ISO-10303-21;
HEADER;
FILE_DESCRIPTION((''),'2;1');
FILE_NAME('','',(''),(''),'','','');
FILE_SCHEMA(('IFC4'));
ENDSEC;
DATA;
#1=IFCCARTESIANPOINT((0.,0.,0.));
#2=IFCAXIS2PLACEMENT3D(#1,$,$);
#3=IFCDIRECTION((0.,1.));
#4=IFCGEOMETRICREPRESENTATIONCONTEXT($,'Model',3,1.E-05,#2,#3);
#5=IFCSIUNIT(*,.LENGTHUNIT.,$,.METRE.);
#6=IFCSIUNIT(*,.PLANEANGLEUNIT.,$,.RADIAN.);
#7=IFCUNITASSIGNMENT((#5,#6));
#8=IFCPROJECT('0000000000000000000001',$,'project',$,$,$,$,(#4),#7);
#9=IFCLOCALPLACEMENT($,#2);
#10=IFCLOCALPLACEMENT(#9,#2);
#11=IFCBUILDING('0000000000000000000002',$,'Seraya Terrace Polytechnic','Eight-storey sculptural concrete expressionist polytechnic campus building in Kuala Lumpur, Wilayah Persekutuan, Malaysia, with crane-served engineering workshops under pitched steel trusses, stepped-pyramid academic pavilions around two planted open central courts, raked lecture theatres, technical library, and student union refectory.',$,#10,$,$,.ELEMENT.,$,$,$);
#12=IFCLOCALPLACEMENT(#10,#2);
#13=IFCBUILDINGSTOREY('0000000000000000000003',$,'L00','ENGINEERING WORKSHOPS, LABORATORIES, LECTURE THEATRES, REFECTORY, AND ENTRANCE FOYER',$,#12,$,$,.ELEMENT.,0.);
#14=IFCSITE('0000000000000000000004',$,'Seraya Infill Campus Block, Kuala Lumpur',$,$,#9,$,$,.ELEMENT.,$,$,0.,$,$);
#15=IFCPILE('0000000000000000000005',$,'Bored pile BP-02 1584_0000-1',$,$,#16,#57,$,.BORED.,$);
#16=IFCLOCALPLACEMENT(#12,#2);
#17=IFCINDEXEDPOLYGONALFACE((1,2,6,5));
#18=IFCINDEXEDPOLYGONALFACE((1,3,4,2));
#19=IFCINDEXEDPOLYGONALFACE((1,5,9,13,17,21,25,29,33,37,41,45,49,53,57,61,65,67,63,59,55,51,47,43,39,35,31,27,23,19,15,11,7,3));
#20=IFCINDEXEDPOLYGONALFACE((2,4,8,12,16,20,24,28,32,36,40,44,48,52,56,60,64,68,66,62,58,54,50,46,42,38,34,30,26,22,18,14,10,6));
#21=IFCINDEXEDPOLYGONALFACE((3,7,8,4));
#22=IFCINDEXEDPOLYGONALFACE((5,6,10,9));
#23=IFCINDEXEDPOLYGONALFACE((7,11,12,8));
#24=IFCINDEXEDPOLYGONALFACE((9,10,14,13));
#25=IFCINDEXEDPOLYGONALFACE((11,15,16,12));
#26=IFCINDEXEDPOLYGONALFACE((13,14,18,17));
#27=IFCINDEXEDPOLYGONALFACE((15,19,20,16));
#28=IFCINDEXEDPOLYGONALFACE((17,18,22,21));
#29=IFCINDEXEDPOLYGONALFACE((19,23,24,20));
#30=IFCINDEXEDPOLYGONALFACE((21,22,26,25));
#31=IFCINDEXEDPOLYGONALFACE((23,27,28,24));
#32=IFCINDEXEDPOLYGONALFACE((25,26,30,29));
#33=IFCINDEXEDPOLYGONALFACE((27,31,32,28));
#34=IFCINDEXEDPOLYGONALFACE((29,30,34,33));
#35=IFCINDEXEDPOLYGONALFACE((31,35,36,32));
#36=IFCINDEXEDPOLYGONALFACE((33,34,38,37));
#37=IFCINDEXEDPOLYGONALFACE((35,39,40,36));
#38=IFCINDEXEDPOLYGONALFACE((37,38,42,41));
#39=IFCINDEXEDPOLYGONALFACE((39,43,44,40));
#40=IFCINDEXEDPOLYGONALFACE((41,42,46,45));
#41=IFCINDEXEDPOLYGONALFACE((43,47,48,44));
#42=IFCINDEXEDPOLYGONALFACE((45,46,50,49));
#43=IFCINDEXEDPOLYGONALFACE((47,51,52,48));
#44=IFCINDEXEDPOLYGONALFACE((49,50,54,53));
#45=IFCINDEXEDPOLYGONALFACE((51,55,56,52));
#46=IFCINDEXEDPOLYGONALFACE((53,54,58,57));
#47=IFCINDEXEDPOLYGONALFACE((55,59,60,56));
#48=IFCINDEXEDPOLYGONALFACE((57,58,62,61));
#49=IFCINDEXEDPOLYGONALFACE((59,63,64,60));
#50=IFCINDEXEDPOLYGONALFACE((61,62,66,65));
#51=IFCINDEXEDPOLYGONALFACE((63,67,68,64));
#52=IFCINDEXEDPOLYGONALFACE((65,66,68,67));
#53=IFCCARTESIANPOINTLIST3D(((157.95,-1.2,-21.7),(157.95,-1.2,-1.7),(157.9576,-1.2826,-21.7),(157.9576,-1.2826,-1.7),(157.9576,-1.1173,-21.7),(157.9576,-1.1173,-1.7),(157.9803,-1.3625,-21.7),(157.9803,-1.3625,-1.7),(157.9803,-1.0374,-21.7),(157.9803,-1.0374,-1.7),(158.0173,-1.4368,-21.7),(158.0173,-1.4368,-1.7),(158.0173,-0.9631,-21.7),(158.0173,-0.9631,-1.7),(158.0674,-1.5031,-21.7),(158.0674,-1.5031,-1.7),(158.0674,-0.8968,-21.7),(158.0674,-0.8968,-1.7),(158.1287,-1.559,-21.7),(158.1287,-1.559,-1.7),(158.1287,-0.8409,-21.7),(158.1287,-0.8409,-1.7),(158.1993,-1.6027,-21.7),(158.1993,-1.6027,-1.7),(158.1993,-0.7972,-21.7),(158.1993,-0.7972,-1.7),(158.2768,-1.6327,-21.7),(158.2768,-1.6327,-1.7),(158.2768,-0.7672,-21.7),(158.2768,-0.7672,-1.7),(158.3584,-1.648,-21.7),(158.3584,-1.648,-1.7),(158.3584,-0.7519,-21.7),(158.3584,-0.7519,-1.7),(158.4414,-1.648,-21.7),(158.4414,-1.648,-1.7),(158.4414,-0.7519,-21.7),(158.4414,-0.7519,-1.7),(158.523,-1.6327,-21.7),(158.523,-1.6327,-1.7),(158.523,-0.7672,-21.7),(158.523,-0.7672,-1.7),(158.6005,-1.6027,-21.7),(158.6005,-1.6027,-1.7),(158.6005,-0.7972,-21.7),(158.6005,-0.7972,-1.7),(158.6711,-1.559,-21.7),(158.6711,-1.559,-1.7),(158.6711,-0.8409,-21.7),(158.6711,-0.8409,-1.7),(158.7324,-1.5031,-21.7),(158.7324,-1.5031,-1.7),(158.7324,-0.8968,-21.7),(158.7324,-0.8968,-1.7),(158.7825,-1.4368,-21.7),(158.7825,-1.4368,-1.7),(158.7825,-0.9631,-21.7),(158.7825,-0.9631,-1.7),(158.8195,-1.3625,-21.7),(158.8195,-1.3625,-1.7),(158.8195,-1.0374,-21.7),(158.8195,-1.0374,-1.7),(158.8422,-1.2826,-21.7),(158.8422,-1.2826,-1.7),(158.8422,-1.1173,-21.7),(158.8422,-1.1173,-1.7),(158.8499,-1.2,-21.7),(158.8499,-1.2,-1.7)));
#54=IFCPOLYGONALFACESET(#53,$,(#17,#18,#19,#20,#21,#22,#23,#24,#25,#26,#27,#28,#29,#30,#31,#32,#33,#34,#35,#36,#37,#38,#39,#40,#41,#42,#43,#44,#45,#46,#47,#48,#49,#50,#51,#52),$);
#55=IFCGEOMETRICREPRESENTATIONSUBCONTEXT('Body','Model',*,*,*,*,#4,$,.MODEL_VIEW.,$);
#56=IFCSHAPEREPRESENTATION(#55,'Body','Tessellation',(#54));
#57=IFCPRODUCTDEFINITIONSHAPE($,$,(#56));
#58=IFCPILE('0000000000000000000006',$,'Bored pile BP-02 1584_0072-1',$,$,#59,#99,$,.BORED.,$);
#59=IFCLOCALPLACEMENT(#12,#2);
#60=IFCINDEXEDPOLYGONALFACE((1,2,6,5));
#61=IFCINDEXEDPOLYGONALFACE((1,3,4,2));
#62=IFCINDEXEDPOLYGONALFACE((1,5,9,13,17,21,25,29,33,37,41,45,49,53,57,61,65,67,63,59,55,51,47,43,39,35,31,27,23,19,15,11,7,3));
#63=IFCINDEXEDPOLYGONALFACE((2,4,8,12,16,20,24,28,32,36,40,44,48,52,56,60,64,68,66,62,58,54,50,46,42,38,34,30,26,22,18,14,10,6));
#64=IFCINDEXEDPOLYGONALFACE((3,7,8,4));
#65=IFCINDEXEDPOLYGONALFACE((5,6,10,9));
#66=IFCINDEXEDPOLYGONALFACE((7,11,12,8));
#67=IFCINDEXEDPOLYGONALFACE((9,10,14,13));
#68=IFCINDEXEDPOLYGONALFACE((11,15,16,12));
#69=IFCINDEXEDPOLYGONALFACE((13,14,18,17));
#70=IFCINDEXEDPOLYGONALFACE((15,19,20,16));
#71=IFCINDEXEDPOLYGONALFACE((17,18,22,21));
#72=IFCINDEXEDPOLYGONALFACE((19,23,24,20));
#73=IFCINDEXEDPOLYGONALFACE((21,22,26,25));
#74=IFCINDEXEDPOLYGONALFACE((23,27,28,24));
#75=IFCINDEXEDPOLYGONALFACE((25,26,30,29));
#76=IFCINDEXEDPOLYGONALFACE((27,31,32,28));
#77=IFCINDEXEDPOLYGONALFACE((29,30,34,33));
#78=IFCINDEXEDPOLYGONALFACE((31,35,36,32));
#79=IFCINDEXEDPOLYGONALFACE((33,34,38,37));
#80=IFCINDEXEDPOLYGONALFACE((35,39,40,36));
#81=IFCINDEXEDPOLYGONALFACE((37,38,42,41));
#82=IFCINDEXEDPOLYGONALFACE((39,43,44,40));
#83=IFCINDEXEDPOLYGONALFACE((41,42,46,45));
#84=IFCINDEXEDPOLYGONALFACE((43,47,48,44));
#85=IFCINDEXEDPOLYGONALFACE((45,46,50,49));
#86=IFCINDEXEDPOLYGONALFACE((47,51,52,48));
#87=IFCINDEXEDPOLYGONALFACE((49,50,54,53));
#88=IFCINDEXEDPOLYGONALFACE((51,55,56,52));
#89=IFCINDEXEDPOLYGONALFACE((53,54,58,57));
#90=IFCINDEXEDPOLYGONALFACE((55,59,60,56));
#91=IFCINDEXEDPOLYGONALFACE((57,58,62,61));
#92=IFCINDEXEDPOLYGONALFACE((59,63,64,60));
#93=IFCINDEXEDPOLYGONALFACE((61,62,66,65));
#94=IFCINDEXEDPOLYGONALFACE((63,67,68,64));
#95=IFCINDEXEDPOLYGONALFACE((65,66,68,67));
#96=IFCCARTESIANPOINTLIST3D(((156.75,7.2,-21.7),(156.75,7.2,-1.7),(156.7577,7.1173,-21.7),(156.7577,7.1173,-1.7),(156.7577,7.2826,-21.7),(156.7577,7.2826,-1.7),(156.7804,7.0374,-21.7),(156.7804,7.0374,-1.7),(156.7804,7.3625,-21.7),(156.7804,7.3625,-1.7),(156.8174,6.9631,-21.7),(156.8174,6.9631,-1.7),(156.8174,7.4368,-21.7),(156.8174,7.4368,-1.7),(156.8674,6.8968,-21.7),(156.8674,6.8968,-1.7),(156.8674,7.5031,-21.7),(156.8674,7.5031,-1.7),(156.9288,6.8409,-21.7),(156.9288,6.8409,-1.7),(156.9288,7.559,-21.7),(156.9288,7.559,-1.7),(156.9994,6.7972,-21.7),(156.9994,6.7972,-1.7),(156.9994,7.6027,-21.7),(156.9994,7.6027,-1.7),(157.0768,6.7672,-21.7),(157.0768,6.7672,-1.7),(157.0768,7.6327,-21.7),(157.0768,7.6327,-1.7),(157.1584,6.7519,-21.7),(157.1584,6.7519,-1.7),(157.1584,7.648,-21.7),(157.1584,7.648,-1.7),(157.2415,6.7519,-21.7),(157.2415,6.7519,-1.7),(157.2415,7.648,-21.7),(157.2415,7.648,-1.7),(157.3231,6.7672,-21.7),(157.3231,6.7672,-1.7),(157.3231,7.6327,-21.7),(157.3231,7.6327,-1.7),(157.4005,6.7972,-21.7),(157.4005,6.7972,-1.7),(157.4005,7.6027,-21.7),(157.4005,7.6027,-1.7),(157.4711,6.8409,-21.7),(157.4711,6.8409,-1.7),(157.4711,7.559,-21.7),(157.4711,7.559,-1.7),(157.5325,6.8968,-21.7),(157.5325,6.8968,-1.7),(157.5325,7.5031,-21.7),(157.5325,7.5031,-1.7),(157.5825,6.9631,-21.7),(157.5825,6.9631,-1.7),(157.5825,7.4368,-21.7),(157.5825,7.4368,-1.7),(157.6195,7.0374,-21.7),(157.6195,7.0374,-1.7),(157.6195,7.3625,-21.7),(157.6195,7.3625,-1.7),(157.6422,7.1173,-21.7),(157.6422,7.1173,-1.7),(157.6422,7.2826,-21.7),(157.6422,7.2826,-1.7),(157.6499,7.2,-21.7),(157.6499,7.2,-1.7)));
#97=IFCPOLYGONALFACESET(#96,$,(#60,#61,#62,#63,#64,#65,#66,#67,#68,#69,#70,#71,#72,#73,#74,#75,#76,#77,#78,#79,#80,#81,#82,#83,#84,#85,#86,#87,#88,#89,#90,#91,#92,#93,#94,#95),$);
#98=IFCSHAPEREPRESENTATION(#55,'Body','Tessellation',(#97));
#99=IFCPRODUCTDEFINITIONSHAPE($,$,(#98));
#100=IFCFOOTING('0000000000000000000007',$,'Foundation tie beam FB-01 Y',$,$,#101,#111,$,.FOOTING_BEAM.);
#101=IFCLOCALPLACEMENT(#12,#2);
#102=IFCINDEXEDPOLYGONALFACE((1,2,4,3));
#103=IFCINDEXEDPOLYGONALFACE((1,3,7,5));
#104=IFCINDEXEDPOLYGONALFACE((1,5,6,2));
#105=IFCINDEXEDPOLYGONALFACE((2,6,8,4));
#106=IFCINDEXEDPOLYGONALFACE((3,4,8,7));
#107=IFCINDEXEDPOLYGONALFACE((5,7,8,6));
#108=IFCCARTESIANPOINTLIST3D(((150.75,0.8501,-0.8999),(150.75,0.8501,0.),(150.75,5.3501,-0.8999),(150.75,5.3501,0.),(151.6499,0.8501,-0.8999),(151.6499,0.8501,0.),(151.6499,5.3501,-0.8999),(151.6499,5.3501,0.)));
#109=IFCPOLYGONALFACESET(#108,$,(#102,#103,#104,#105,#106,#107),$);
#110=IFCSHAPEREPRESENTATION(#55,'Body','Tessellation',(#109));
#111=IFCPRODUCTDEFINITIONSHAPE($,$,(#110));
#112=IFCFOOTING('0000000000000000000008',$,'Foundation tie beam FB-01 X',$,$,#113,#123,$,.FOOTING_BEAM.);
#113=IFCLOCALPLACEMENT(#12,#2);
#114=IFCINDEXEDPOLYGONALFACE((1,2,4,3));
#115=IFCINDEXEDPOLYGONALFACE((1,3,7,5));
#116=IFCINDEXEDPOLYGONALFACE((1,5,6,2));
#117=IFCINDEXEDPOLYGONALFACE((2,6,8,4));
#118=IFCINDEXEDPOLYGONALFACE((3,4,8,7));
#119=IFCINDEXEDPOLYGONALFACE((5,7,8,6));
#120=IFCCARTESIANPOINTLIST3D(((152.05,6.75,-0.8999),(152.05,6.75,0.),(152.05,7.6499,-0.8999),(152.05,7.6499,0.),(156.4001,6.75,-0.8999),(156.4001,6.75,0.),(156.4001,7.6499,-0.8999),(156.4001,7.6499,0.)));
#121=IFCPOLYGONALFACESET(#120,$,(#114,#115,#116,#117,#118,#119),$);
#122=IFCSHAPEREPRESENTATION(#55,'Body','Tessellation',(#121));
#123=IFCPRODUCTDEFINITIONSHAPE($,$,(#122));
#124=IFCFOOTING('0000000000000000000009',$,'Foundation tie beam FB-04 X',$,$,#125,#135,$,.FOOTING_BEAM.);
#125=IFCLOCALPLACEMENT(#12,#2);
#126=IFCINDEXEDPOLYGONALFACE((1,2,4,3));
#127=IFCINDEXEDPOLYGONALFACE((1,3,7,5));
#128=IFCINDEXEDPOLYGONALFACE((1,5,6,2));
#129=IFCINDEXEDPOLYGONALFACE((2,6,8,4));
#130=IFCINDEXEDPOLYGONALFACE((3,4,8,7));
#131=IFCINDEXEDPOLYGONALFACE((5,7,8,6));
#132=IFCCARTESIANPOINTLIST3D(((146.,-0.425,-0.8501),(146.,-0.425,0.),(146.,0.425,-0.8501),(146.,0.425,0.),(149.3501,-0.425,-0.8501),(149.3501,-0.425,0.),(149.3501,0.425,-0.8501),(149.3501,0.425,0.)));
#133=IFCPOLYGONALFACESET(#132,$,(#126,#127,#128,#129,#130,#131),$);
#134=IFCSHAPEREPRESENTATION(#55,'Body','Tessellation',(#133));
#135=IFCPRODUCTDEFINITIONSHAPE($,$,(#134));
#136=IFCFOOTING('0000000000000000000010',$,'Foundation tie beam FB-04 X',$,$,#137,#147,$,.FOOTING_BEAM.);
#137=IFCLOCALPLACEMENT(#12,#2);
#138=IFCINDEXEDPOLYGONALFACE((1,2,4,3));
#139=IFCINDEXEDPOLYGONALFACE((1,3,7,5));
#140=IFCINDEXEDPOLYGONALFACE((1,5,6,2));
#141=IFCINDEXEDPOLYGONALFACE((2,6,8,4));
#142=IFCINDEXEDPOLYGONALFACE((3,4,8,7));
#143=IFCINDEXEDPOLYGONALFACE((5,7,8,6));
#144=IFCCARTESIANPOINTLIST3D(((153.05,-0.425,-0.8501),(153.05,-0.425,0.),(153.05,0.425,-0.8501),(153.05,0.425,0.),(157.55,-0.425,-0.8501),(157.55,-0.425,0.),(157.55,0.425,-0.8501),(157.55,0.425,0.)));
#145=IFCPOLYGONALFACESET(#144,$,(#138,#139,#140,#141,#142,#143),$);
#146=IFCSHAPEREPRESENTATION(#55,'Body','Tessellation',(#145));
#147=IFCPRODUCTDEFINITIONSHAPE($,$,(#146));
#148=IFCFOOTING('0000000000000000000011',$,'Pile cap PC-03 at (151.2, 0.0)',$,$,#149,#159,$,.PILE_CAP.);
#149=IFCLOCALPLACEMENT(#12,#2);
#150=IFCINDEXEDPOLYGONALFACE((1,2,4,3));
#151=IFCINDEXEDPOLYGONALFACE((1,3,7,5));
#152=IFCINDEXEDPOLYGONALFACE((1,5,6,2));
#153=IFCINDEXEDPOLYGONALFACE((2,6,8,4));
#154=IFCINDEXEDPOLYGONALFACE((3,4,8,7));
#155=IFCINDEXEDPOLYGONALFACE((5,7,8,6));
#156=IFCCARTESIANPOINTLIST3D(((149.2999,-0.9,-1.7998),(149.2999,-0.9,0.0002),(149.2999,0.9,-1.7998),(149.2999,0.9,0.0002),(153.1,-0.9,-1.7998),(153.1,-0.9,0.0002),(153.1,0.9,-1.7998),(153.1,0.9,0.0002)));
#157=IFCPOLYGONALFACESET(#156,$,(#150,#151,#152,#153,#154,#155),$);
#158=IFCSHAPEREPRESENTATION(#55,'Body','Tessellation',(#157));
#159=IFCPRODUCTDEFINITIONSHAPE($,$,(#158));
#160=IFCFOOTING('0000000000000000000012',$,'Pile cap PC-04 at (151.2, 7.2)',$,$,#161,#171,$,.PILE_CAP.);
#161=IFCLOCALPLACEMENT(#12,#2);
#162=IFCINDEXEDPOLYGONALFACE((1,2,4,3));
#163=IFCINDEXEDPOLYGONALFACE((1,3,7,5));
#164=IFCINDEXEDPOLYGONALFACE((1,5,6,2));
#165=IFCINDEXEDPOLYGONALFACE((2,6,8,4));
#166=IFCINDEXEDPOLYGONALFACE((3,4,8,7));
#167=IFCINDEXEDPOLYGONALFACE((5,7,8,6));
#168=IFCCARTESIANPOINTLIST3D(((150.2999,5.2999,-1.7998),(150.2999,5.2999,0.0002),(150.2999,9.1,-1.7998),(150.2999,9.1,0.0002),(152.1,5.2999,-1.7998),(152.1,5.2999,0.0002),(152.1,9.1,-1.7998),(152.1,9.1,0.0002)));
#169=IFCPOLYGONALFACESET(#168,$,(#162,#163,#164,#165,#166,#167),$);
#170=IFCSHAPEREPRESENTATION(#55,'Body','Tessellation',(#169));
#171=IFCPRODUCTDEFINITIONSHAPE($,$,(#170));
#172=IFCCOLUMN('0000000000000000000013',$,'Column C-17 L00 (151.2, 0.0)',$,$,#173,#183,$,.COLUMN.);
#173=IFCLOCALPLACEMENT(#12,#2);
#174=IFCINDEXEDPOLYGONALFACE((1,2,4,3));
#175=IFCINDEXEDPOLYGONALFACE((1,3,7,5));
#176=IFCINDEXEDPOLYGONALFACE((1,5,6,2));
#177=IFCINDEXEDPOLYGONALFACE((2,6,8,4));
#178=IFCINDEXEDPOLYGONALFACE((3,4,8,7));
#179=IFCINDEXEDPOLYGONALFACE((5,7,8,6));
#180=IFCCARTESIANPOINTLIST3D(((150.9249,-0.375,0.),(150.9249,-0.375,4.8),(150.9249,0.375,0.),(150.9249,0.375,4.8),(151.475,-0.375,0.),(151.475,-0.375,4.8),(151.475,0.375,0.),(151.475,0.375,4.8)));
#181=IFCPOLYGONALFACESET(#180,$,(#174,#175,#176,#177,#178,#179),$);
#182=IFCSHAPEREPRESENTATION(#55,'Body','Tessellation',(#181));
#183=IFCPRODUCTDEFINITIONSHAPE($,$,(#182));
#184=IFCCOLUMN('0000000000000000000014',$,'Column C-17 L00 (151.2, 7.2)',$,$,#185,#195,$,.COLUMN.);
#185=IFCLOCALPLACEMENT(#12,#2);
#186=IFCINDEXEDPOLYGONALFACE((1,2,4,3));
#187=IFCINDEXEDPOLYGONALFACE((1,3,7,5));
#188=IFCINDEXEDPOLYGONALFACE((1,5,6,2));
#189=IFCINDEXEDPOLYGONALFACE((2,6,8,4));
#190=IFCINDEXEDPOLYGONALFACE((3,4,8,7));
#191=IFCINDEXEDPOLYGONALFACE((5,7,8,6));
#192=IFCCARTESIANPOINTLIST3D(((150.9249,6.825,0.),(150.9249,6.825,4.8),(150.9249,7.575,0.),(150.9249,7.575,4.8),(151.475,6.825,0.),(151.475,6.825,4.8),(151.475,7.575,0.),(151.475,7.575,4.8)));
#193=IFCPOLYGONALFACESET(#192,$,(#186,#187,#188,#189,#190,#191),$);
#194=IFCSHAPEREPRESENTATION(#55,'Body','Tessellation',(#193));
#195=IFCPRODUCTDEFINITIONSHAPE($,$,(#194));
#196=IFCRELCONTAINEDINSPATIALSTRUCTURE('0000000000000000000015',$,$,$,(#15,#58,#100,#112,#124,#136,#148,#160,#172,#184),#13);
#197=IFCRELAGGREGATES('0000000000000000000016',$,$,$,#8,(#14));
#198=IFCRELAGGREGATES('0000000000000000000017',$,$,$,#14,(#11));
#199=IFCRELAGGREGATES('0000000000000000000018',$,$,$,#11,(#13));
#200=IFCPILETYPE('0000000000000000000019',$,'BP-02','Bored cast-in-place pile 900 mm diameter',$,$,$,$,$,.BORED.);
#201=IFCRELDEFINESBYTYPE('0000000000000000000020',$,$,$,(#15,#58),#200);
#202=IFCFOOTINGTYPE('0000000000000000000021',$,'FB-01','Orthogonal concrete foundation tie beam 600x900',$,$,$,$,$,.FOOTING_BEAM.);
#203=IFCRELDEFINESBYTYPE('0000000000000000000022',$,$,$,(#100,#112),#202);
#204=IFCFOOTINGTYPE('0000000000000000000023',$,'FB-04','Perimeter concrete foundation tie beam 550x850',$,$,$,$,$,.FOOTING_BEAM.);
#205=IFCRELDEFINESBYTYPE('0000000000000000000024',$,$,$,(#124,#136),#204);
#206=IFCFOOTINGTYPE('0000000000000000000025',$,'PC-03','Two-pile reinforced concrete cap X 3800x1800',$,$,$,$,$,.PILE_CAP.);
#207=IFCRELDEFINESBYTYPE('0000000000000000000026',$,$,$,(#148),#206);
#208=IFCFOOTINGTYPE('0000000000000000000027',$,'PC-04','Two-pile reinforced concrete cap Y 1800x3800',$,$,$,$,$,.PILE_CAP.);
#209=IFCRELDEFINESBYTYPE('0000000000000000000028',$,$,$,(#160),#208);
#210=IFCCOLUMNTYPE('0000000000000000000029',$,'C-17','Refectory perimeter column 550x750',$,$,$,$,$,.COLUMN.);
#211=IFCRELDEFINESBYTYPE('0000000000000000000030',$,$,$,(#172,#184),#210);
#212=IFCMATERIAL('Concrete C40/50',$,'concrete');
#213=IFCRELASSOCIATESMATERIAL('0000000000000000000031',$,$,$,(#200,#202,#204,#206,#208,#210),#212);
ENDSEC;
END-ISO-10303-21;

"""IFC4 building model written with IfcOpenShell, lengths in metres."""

from ifc_helpers import new_model, si_unit, direction, frame, origin, origin_2d, place, context, subcontext, project, spatial, rectangle, circle, extrude, material, material_profile, profile_set, type_object, element, save


model = new_model("IFC4")

# Units and contexts
model_context = context("Model", 3, precision=1e-05, world=origin(), true_north=direction((0.0, 1.0)))
body_context = subcontext(model_context, "Body", "Model", "MODEL_VIEW")
ifc_project = project(units=[si_unit("LENGTHUNIT", "METRE"), si_unit("PLANEANGLEUNIT", "RADIAN")], contexts=[model_context])

# Site, building, storey
site_placement = place(None, origin())
site = spatial("IfcSite", under=ifc_project, at=site_placement, Name="Seraya Infill Campus Block, Kuala Lumpur", CompositionType="ELEMENT", RefElevation=0.0)
building_placement = place(site_placement, origin())
building = spatial("IfcBuilding", under=site, at=building_placement, Name="Seraya Terrace Polytechnic", Description="Eight-storey sculptural concrete expressionist polytechnic campus building in Kuala Lumpur, Wilayah Persekutuan, Malaysia, with crane-served engineering workshops under pitched steel trusses, stepped-pyramid academic pavilions around two planted open central courts, raked lecture theatres, technical library, and student union refectory.", CompositionType="ELEMENT")
storey_placement = place(building_placement, origin())
storey = spatial("IfcBuildingStorey", under=building, at=storey_placement, Name="L00", Description="ENGINEERING WORKSHOPS, LABORATORIES, LECTURE THEATRES, REFECTORY, AND ENTRANCE FOYER", CompositionType="ELEMENT", Elevation=0.0)

# Piles
ifc_material_1 = material(Name="Concrete C40/50", Category="concrete")
ifc_material_profile_1 = material_profile(ifc_material_1, circle(Radius=0.45, at=origin_2d()), Name="DIA 900")
ifc_profile_set_1 = profile_set([ifc_material_profile_1], Name="Concrete C40/50")
pile_type = type_object("IfcPileType", Name="BP-02", Description="Bored cast-in-place pile 900 mm diameter", PredefinedType="BORED", material=ifc_profile_set_1)
for number, where, z_axis, x_axis, name in (
    (1, (158.3999, -1.2, -1.7), (0.0, 0.0, -1.0), (1.0, 0.0, 0.0), "Bored pile BP-02 1584_0000-1"),
    (2, (157.2, 7.2, -1.7), (0.0, 0.0, -1.0), (1.0, 0.0, 0.0), "Bored pile BP-02 1584_0072-1"),
):
    element("IfcPile", number, at=place(storey_placement, frame(where, z_axis=z_axis, x_axis=x_axis)), inside=storey, type_object=pile_type, Name=name, PredefinedType="BORED", context=body_context, shape_type="SweptSolid", body=[
        extrude(circle(Radius=0.45, at=origin_2d()), origin(), (0.0, 0.0, 1.0), 20.0),
    ])

# Footings
footing_type_1 = type_object("IfcFootingType", Name="FB-01", Description="Orthogonal concrete foundation tie beam 600x900", PredefinedType="FOOTING_BEAM", material=ifc_material_1)
footing_1_placement = place(storey_placement, frame((151.2, 3.1001, -0.8999), z_axis=(0.0, 0.0, 1.0), x_axis=(0.0, 1.0, 0.0)))
element("IfcFooting", 3, at=footing_1_placement, inside=storey, type_object=footing_type_1, Name="Foundation tie beam FB-01 Y", PredefinedType="FOOTING_BEAM", context=body_context, shape_type="SweptSolid", body=[
    extrude(rectangle(XDim=4.5, YDim=0.8999, at=origin_2d()), origin(), (0.0, 0.0, 1.0), 0.8999),
])
footing_2_placement = place(storey_placement, frame((154.2251, 7.2, -0.8999), z_axis=(0.0, 0.0, 1.0), x_axis=(1.0, 0.0, 0.0)))
element("IfcFooting", 4, at=footing_2_placement, inside=storey, type_object=footing_type_1, Name="Foundation tie beam FB-01 X", PredefinedType="FOOTING_BEAM", context=body_context, shape_type="SweptSolid", body=[
    extrude(rectangle(XDim=4.3501, YDim=0.8999, at=origin_2d()), origin(), (0.0, 0.0, 1.0), 0.8999),
])
footing_type_2 = type_object("IfcFootingType", Name="FB-04", Description="Perimeter concrete foundation tie beam 550x850", PredefinedType="FOOTING_BEAM", material=ifc_material_1)
footing_3_placement = place(storey_placement, frame((147.675, 0.0, -0.8501), z_axis=(0.0, 0.0, 1.0), x_axis=(1.0, 0.0, 0.0)))
element("IfcFooting", 5, at=footing_3_placement, inside=storey, type_object=footing_type_2, Name="Foundation tie beam FB-04 X", PredefinedType="FOOTING_BEAM", context=body_context, shape_type="SweptSolid", body=[
    extrude(rectangle(XDim=3.3501, YDim=0.8501, at=origin_2d()), origin(), (0.0, 0.0, 1.0), 0.8501),
])
footing_4_placement = place(storey_placement, frame((155.3, 0.0, -0.8501), z_axis=(0.0, 0.0, 1.0), x_axis=(1.0, 0.0, 0.0)))
element("IfcFooting", 6, at=footing_4_placement, inside=storey, type_object=footing_type_2, Name="Foundation tie beam FB-04 X", PredefinedType="FOOTING_BEAM", context=body_context, shape_type="SweptSolid", body=[
    extrude(rectangle(XDim=4.5, YDim=0.8501, at=origin_2d()), origin(), (0.0, 0.0, 1.0), 0.8501),
])
footing_type_3 = type_object("IfcFootingType", Name="PC-03", Description="Two-pile reinforced concrete cap X 3800x1800", PredefinedType="PILE_CAP", material=ifc_material_1)
footing_5_placement = place(storey_placement, frame((151.2, 0.0, -1.7998), z_axis=(0.0, 0.0, 1.0), x_axis=(1.0, 0.0, 0.0)))
element("IfcFooting", 7, at=footing_5_placement, inside=storey, type_object=footing_type_3, Name="Pile cap PC-03 at (151.2, 0.0)", PredefinedType="PILE_CAP", context=body_context, shape_type="SweptSolid", body=[
    extrude(rectangle(XDim=3.8, YDim=1.8, at=origin_2d()), origin(), (0.0, 0.0, 1.0), 1.8),
])
footing_type_4 = type_object("IfcFootingType", Name="PC-04", Description="Two-pile reinforced concrete cap Y 1800x3800", PredefinedType="PILE_CAP", material=ifc_material_1)
footing_6_placement = place(storey_placement, frame((151.2, 7.2, -1.7998), z_axis=(0.0, 0.0, 1.0), x_axis=(1.0, 0.0, 0.0)))
element("IfcFooting", 8, at=footing_6_placement, inside=storey, type_object=footing_type_4, Name="Pile cap PC-04 at (151.2, 7.2)", PredefinedType="PILE_CAP", context=body_context, shape_type="SweptSolid", body=[
    extrude(rectangle(XDim=1.8, YDim=3.8, at=origin_2d()), origin(), (0.0, 0.0, 1.0), 1.8),
])

# Columns
ifc_material_profile_2 = material_profile(ifc_material_1, rectangle(XDim=0.55, YDim=0.75, at=origin_2d()), Name="RC 550x750")
ifc_profile_set_2 = profile_set([ifc_material_profile_2], Name="Concrete C40/50")
column_type = type_object("IfcColumnType", Name="C-17", Description="Refectory perimeter column 550x750", PredefinedType="COLUMN", material=ifc_profile_set_2)
for number, where, z_axis, x_axis, name in (
    (9, (151.2, 0.0, 0.0), (0.0, 0.0, 1.0), (1.0, 0.0, 0.0), "Column C-17 L00 (151.2, 0.0)"),
    (10, (151.2, 7.2, 0.0), (0.0, 0.0, 1.0), (1.0, 0.0, 0.0), "Column C-17 L00 (151.2, 7.2)"),
):
    element("IfcColumn", number, at=place(storey_placement, frame(where, z_axis=z_axis, x_axis=x_axis)), inside=storey, type_object=column_type, Name=name, PredefinedType="COLUMN", context=body_context, shape_type="SweptSolid", body=[
        extrude(rectangle(XDim=0.55, YDim=0.75, at=origin_2d()), origin(), (0.0, 0.0, 1.0), 4.8),
    ])

save(model, "model.ifc")
